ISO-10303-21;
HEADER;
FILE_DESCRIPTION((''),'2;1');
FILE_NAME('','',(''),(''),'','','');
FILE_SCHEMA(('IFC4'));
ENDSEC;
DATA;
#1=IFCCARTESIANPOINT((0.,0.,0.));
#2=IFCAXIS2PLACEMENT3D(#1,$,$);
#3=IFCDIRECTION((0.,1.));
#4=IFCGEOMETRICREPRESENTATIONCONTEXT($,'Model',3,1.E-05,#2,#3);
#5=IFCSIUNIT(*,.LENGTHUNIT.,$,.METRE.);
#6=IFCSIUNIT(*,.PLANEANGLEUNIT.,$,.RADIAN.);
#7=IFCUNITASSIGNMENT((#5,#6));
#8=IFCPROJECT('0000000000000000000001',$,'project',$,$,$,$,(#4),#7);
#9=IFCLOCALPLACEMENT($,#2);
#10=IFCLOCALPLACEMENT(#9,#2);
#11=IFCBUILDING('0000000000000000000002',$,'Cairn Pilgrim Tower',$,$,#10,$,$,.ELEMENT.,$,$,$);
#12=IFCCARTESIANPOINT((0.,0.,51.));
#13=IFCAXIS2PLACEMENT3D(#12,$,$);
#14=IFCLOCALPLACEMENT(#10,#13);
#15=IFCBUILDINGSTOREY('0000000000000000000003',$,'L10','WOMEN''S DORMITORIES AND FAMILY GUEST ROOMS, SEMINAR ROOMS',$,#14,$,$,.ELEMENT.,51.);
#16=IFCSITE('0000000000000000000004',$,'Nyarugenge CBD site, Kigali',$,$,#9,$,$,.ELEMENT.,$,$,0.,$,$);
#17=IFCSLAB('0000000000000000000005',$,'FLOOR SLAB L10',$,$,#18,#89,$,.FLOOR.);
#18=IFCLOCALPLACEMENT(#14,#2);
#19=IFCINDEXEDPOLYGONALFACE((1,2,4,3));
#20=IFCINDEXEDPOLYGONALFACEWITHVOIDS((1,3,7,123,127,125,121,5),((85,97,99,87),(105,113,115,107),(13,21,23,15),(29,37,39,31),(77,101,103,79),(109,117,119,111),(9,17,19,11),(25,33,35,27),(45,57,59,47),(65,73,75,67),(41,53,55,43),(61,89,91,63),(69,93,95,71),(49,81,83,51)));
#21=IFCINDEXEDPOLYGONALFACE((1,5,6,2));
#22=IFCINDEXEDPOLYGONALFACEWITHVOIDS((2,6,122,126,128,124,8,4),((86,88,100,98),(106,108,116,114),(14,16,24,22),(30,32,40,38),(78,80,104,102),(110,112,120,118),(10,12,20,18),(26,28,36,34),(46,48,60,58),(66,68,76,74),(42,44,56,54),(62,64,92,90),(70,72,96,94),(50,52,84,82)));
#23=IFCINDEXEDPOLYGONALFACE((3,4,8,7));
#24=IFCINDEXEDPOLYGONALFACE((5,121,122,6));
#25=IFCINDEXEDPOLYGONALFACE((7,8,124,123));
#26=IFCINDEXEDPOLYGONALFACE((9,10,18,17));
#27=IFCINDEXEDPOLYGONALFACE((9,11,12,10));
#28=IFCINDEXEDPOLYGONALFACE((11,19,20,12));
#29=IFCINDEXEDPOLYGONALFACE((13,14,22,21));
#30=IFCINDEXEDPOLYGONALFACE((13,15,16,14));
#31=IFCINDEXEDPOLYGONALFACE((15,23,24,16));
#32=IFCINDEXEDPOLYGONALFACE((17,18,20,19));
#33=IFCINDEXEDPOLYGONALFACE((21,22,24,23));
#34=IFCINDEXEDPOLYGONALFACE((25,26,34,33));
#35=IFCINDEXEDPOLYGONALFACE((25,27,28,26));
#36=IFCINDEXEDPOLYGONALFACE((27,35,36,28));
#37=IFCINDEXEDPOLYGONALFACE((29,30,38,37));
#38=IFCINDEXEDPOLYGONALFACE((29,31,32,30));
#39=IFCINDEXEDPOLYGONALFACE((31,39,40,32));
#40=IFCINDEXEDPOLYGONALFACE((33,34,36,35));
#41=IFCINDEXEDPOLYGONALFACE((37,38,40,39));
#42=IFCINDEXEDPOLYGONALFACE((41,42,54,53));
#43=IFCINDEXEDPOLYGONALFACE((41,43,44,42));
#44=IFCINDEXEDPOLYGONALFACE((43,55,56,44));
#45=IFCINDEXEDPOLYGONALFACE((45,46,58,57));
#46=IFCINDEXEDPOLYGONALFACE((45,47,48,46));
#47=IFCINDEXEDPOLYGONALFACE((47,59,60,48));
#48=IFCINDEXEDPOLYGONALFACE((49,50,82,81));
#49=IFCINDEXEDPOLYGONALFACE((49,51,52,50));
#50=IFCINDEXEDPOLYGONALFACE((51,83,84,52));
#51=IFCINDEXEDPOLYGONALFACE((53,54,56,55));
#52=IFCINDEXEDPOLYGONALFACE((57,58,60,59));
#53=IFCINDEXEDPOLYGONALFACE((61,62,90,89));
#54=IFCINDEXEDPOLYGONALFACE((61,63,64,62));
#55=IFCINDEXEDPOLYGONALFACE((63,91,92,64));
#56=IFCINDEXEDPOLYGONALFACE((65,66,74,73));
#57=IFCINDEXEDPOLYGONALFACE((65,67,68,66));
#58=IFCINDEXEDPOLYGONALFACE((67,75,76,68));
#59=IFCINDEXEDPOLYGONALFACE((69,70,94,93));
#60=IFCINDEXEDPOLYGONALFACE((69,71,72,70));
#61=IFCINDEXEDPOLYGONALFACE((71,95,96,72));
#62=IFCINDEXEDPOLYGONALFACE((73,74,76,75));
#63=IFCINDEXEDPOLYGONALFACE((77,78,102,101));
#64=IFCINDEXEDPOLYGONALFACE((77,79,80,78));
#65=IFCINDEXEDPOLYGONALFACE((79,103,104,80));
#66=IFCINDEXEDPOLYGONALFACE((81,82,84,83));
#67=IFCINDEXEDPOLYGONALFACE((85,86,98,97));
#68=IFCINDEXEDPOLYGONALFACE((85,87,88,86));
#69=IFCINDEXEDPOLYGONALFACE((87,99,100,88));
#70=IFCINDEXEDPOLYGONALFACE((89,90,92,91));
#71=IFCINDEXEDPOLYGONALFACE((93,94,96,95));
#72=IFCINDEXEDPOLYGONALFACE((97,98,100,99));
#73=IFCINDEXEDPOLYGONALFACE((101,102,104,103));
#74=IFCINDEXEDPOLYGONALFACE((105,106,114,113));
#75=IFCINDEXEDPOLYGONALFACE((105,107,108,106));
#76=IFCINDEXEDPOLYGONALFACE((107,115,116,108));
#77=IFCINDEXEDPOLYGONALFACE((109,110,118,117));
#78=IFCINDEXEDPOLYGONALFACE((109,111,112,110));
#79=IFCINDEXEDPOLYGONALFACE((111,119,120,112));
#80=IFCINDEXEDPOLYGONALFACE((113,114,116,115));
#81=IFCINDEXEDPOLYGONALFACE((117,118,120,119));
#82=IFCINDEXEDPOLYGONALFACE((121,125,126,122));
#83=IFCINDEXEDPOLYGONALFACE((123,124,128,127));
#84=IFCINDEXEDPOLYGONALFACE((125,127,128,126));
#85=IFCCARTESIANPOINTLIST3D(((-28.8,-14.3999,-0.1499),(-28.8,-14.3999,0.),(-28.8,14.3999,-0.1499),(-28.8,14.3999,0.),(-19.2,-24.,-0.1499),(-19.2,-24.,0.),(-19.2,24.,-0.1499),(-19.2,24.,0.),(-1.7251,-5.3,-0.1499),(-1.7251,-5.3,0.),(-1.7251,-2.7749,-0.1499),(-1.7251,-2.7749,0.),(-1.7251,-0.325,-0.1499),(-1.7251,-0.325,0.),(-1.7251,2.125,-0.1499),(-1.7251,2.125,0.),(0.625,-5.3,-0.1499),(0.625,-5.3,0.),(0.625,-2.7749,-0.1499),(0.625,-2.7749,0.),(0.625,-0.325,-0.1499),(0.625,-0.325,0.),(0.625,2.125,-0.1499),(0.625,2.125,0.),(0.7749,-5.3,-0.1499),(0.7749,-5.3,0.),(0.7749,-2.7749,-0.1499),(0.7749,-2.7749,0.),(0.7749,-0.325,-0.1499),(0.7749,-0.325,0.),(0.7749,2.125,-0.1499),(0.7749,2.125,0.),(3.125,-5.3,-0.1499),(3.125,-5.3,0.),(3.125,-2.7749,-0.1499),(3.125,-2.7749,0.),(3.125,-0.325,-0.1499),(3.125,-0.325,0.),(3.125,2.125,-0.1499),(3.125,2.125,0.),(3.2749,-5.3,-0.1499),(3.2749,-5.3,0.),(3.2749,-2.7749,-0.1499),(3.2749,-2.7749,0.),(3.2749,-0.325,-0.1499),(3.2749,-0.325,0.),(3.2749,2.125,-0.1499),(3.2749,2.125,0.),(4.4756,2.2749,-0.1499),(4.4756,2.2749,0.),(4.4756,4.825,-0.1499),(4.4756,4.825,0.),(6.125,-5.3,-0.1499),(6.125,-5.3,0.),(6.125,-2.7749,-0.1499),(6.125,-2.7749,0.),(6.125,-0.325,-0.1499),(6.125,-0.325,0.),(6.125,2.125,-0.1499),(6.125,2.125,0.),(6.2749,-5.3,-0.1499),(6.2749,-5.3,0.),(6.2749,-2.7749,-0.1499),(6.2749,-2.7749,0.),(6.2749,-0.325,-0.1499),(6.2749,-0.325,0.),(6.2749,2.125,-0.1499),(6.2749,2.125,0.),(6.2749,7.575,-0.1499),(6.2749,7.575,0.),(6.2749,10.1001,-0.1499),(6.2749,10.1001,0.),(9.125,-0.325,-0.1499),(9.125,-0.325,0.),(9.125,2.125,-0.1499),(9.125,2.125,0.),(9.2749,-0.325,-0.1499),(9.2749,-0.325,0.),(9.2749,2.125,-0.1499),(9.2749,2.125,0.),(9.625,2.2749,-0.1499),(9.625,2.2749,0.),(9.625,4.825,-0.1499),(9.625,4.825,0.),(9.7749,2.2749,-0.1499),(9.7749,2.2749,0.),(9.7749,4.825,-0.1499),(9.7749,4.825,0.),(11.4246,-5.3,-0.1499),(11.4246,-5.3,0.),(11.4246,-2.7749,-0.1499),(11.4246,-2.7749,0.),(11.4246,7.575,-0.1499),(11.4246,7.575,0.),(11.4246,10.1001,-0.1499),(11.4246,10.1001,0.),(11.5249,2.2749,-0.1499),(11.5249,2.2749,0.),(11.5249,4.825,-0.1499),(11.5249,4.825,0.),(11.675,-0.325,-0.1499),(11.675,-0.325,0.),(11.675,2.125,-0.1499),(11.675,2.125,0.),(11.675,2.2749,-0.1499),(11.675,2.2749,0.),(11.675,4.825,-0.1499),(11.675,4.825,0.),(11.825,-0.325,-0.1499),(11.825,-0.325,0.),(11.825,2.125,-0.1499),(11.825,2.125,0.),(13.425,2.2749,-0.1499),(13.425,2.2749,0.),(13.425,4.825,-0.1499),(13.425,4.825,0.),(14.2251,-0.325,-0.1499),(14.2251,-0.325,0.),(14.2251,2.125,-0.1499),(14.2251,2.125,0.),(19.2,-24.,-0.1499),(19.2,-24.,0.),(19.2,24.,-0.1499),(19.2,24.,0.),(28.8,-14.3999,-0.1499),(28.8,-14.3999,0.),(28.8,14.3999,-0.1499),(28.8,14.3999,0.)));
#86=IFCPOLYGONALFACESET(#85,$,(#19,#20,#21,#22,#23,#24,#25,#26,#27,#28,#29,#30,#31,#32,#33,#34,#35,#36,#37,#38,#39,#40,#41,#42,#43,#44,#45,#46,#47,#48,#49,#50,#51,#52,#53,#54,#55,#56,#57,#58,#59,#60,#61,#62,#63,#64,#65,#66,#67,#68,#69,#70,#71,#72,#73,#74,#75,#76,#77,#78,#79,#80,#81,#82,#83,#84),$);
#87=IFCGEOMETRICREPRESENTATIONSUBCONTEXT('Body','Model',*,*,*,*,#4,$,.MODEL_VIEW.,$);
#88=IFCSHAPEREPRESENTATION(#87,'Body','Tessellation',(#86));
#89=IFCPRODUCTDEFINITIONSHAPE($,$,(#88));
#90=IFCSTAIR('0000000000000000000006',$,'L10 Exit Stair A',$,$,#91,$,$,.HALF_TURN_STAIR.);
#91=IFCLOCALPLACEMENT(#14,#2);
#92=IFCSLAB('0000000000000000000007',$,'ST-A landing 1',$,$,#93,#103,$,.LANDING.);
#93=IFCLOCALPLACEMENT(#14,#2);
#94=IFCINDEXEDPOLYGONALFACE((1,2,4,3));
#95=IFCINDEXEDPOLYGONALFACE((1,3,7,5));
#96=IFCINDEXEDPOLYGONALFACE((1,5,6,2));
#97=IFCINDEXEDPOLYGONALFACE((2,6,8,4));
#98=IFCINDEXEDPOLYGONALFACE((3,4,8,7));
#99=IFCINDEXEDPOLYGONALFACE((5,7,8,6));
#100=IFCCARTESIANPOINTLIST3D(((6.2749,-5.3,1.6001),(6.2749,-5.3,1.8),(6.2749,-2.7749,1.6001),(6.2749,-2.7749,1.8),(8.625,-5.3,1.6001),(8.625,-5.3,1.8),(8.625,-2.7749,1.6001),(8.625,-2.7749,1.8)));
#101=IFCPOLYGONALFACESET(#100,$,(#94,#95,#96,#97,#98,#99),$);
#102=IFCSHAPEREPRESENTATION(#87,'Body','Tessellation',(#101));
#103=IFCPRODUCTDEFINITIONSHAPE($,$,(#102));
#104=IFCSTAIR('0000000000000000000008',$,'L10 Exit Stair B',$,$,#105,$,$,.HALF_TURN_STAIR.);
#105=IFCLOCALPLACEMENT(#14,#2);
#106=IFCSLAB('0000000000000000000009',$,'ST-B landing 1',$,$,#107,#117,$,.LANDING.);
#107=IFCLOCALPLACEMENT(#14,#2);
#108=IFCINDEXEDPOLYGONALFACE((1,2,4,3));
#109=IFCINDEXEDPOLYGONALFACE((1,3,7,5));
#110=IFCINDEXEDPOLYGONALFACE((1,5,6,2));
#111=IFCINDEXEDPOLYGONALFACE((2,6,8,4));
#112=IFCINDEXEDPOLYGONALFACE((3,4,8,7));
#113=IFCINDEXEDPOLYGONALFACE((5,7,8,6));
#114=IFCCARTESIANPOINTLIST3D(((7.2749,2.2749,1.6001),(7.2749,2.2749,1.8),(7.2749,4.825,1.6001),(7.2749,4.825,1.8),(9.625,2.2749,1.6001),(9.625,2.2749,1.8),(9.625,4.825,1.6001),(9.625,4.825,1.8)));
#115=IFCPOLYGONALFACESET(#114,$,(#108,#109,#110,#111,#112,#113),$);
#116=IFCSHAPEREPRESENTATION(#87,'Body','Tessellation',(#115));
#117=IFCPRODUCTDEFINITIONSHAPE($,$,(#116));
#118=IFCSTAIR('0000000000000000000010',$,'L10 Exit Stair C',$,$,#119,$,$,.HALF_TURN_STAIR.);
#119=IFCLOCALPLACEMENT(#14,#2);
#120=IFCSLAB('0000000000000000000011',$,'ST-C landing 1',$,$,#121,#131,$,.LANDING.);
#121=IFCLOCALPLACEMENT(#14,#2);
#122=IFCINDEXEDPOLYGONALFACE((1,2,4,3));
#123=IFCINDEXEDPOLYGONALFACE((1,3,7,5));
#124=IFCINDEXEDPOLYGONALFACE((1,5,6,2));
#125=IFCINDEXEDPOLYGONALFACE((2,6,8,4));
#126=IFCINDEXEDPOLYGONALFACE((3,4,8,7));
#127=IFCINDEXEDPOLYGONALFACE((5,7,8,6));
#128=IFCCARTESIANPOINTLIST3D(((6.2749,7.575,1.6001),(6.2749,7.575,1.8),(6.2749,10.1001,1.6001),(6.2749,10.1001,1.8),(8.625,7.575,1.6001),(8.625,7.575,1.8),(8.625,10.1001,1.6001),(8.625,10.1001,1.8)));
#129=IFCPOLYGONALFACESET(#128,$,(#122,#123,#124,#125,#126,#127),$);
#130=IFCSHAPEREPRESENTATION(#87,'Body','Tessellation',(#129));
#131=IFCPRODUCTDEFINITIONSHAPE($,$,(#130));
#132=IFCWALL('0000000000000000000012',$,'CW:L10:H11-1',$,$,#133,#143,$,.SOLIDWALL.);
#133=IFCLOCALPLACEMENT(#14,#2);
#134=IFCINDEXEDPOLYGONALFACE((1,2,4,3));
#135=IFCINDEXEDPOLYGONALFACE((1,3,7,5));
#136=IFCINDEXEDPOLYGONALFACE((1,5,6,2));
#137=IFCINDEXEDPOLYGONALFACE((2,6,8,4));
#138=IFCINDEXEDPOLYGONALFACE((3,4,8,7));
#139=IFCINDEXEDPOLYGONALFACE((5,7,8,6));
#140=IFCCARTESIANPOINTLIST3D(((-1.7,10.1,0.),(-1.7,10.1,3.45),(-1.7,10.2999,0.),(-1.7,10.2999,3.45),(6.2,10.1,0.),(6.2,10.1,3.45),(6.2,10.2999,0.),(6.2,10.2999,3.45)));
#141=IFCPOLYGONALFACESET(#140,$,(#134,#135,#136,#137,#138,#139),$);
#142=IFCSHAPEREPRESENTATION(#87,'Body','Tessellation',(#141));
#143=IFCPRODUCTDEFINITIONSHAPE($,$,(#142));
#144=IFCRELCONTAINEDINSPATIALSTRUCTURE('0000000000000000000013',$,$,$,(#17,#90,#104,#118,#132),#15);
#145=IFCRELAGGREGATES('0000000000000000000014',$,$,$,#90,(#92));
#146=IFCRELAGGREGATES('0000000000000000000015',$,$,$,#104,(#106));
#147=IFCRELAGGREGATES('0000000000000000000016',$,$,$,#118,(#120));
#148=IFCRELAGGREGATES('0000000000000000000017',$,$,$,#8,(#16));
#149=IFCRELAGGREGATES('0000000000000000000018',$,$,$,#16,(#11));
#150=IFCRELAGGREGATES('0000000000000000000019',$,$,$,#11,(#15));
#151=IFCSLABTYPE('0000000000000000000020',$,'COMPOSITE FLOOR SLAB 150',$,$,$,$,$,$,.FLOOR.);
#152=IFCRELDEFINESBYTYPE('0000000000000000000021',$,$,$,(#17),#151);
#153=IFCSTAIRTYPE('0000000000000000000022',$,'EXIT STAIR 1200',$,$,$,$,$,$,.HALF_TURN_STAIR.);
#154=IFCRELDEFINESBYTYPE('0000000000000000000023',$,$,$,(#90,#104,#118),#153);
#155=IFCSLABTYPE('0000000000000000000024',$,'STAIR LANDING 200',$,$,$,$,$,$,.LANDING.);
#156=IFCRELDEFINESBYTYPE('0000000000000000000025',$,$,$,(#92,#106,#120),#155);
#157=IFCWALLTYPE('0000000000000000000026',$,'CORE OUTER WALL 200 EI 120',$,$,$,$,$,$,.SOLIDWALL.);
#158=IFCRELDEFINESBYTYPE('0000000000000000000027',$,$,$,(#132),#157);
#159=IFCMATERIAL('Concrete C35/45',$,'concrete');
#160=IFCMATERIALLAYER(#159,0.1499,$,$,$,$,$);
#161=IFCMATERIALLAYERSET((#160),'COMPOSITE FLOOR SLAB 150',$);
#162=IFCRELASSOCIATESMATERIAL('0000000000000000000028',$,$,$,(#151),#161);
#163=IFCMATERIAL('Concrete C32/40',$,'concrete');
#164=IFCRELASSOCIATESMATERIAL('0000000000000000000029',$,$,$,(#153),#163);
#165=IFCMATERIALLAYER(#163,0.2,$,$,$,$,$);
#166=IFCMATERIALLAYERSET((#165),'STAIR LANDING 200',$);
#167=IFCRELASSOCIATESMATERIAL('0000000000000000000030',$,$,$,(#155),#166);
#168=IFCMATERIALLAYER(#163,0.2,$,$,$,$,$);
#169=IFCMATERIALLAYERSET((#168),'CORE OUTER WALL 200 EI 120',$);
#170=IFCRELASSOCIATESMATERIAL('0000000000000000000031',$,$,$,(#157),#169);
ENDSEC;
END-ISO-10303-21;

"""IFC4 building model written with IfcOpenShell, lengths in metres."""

from ifc_helpers import new_model, si_unit, direction, frame, frame_2d, origin, place, context, subcontext, project, spatial, polyline, rectangle, outline, extrude, material, layer, layer_set, type_object, element, aggregate, save


model = new_model("IFC4")

# Units and contexts
model_context = context("Model", 3, precision=1e-05, world=origin(), true_north=direction((0.0, 1.0)))
body_context = subcontext(model_context, "Body", "Model", "MODEL_VIEW")
ifc_project = project(units=[si_unit("LENGTHUNIT", "METRE"), si_unit("PLANEANGLEUNIT", "RADIAN")], contexts=[model_context])

# Site, building, storey
site_placement = place(None, origin())
site = spatial("IfcSite", under=ifc_project, at=site_placement, Name="Nyarugenge CBD site, Kigali", CompositionType="ELEMENT", RefElevation=0.0)
building_placement = place(site_placement, origin())
building = spatial("IfcBuilding", under=site, at=building_placement, Name="Cairn Pilgrim Tower", CompositionType="ELEMENT")
storey_placement = place(building_placement, frame((0.0, 0.0, 51.0)))
storey = spatial("IfcBuildingStorey", under=building, at=storey_placement, Name="L10", Description="WOMEN'S DORMITORIES AND FAMILY GUEST ROOMS, SEMINAR ROOMS", CompositionType="ELEMENT", Elevation=51.0)

# Slab
ifc_material_1 = material(Name="Concrete C35/45", Category="concrete")
ifc_layer_1 = layer(ifc_material_1, 0.1499)
ifc_layer_set_1 = layer_set([ifc_layer_1], Name="COMPOSITE FLOOR SLAB 150")
slab_type_1 = type_object("IfcSlabType", Name="COMPOSITE FLOOR SLAB 150", PredefinedType="FLOOR", material=ifc_layer_set_1)
slab_1_placement = place(storey_placement, frame((0.0, 0.0, -0.1499)))
element("IfcSlab", 1, at=slab_1_placement, inside=storey, type_object=slab_type_1, Name="FLOOR SLAB L10", PredefinedType="FLOOR", context=body_context, shape_type="SweptSolid", body=[
    extrude(outline(polyline([(-19.2, -24.0), (19.2, -24.0), (28.8, -14.3999), (28.8, 14.3999), (19.2, 24.0), (-19.2, 24.0), (-28.8, 14.3999), (-28.8, -14.3999), (-19.2, -24.0)]), holes=[polyline([(-1.7251, -5.3), (0.625, -5.3), (0.625, -2.7749), (-1.7251, -2.7749), (-1.7251, -5.3)]), polyline([(0.7749, -5.3), (3.125, -5.3), (3.125, -2.7749), (0.7749, -2.7749), (0.7749, -5.3)]), polyline([(-1.7251, -0.325), (0.625, -0.325), (0.625, 2.125), (-1.7251, 2.125), (-1.7251, -0.325)]), polyline([(0.7749, -0.325), (3.125, -0.325), (3.125, 2.125), (0.7749, 2.125), (0.7749, -0.325)]), polyline([(3.2749, -5.3), (6.125, -5.3), (6.125, -2.7749), (3.2749, -2.7749), (3.2749, -5.3)]), polyline([(3.2749, -0.325), (6.125, -0.325), (6.125, 2.125), (3.2749, 2.125), (3.2749, -0.325)]), polyline([(6.2749, -0.325), (9.125, -0.325), (9.125, 2.125), (6.2749, 2.125), (6.2749, -0.325)]), polyline([(9.2749, -0.325), (11.675, -0.325), (11.675, 2.125), (9.2749, 2.125), (9.2749, -0.325)]), polyline([(11.825, -0.325), (14.2251, -0.325), (14.2251, 2.125), (11.825, 2.125), (11.825, -0.325)]), polyline([(9.7749, 2.2749), (11.5249, 2.2749), (11.5249, 4.825), (9.7749, 4.825), (9.7749, 2.2749)]), polyline([(11.675, 2.2749), (13.425, 2.2749), (13.425, 4.825), (11.675, 4.825), (11.675, 2.2749)]), polyline([(11.4246, -2.7749), (6.2749, -2.7749), (6.2749, -5.3), (11.4246, -5.3), (11.4246, -2.7749)]), polyline([(4.4756, 2.2749), (9.625, 2.2749), (9.625, 4.825), (4.4756, 4.825), (4.4756, 2.2749)]), polyline([(11.4246, 10.1001), (6.2749, 10.1001), (6.2749, 7.575), (11.4246, 7.575), (11.4246, 10.1001)])]), origin(), (0.0, 0.0, 1.0), 0.1499),
])

# Stairs, slabs
ifc_material_2 = material(Name="Concrete C32/40", Category="concrete")
stair_type = type_object("IfcStairType", Name="EXIT STAIR 1200", PredefinedType="HALF_TURN_STAIR", material=ifc_material_2)
stair_1_placement = place(storey_placement, origin())
stair_1 = element("IfcStair", 2, at=stair_1_placement, inside=storey, type_object=stair_type, Name="L10 Exit Stair A", PredefinedType="HALF_TURN_STAIR")
ifc_layer_2 = layer(ifc_material_2, 0.2)
ifc_layer_set_2 = layer_set([ifc_layer_2], Name="STAIR LANDING 200")
slab_type_2 = type_object("IfcSlabType", Name="STAIR LANDING 200", PredefinedType="LANDING", material=ifc_layer_set_2)
slab_2_placement = place(storey_placement, frame((0.0, 0.0, 1.6001)))
slab_2 = element("IfcSlab", 3, at=slab_2_placement, type_object=slab_type_2, Name="ST-A landing 1", PredefinedType="LANDING", context=body_context, shape_type="SweptSolid", body=[
    extrude(outline(polyline([(8.625, -2.7749), (6.2749, -2.7749), (6.2749, -5.3), (8.625, -5.3), (8.625, -2.7749)])), origin(), (0.0, 0.0, 1.0), 0.2),
])
aggregate(stair_1, [slab_2])
stair_2_placement = place(storey_placement, origin())
stair_2 = element("IfcStair", 4, at=stair_2_placement, inside=storey, type_object=stair_type, Name="L10 Exit Stair B", PredefinedType="HALF_TURN_STAIR")
slab_3_placement = place(storey_placement, frame((0.0, 0.0, 1.6001)))
slab_3 = element("IfcSlab", 5, at=slab_3_placement, type_object=slab_type_2, Name="ST-B landing 1", PredefinedType="LANDING", context=body_context, shape_type="SweptSolid", body=[
    extrude(outline(polyline([(7.2749, 2.2749), (9.625, 2.2749), (9.625, 4.825), (7.2749, 4.825), (7.2749, 2.2749)])), origin(), (0.0, 0.0, 1.0), 0.2),
])
aggregate(stair_2, [slab_3])
stair_3_placement = place(storey_placement, origin())
stair_3 = element("IfcStair", 6, at=stair_3_placement, inside=storey, type_object=stair_type, Name="L10 Exit Stair C", PredefinedType="HALF_TURN_STAIR")
slab_4_placement = place(storey_placement, frame((0.0, 0.0, 1.6001)))
slab_4 = element("IfcSlab", 7, at=slab_4_placement, type_object=slab_type_2, Name="ST-C landing 1", PredefinedType="LANDING", context=body_context, shape_type="SweptSolid", body=[
    extrude(outline(polyline([(8.625, 10.1001), (6.2749, 10.1001), (6.2749, 7.575), (8.625, 7.575), (8.625, 10.1001)])), origin(), (0.0, 0.0, 1.0), 0.2),
])
aggregate(stair_3, [slab_4])

# Wall
ifc_layer_3 = layer(ifc_material_2, 0.2)
ifc_layer_set_3 = layer_set([ifc_layer_3], Name="CORE OUTER WALL 200 EI 120")
wall_type_1 = type_object("IfcWallType", Name="CORE OUTER WALL 200 EI 120", PredefinedType="SOLIDWALL", material=ifc_layer_set_3)
wall_1_placement = place(storey_placement, frame((-1.7, 10.2, 0.0), z_axis=(0.0, 0.0, 1.0), x_axis=(1.0, 0.0, 0.0)))
element("IfcWall", 8, at=wall_1_placement, inside=storey, type_object=wall_type_1, Name="CW:L10:H11-1", PredefinedType="SOLIDWALL", context=body_context, shape_type="SweptSolid", body=[
    extrude(rectangle(XDim=7.8999, YDim=0.2, at=frame_2d((3.95, 0.0))), origin(), (0.0, 0.0, 1.0), 3.45),
])

save(model, "model.ifc")
